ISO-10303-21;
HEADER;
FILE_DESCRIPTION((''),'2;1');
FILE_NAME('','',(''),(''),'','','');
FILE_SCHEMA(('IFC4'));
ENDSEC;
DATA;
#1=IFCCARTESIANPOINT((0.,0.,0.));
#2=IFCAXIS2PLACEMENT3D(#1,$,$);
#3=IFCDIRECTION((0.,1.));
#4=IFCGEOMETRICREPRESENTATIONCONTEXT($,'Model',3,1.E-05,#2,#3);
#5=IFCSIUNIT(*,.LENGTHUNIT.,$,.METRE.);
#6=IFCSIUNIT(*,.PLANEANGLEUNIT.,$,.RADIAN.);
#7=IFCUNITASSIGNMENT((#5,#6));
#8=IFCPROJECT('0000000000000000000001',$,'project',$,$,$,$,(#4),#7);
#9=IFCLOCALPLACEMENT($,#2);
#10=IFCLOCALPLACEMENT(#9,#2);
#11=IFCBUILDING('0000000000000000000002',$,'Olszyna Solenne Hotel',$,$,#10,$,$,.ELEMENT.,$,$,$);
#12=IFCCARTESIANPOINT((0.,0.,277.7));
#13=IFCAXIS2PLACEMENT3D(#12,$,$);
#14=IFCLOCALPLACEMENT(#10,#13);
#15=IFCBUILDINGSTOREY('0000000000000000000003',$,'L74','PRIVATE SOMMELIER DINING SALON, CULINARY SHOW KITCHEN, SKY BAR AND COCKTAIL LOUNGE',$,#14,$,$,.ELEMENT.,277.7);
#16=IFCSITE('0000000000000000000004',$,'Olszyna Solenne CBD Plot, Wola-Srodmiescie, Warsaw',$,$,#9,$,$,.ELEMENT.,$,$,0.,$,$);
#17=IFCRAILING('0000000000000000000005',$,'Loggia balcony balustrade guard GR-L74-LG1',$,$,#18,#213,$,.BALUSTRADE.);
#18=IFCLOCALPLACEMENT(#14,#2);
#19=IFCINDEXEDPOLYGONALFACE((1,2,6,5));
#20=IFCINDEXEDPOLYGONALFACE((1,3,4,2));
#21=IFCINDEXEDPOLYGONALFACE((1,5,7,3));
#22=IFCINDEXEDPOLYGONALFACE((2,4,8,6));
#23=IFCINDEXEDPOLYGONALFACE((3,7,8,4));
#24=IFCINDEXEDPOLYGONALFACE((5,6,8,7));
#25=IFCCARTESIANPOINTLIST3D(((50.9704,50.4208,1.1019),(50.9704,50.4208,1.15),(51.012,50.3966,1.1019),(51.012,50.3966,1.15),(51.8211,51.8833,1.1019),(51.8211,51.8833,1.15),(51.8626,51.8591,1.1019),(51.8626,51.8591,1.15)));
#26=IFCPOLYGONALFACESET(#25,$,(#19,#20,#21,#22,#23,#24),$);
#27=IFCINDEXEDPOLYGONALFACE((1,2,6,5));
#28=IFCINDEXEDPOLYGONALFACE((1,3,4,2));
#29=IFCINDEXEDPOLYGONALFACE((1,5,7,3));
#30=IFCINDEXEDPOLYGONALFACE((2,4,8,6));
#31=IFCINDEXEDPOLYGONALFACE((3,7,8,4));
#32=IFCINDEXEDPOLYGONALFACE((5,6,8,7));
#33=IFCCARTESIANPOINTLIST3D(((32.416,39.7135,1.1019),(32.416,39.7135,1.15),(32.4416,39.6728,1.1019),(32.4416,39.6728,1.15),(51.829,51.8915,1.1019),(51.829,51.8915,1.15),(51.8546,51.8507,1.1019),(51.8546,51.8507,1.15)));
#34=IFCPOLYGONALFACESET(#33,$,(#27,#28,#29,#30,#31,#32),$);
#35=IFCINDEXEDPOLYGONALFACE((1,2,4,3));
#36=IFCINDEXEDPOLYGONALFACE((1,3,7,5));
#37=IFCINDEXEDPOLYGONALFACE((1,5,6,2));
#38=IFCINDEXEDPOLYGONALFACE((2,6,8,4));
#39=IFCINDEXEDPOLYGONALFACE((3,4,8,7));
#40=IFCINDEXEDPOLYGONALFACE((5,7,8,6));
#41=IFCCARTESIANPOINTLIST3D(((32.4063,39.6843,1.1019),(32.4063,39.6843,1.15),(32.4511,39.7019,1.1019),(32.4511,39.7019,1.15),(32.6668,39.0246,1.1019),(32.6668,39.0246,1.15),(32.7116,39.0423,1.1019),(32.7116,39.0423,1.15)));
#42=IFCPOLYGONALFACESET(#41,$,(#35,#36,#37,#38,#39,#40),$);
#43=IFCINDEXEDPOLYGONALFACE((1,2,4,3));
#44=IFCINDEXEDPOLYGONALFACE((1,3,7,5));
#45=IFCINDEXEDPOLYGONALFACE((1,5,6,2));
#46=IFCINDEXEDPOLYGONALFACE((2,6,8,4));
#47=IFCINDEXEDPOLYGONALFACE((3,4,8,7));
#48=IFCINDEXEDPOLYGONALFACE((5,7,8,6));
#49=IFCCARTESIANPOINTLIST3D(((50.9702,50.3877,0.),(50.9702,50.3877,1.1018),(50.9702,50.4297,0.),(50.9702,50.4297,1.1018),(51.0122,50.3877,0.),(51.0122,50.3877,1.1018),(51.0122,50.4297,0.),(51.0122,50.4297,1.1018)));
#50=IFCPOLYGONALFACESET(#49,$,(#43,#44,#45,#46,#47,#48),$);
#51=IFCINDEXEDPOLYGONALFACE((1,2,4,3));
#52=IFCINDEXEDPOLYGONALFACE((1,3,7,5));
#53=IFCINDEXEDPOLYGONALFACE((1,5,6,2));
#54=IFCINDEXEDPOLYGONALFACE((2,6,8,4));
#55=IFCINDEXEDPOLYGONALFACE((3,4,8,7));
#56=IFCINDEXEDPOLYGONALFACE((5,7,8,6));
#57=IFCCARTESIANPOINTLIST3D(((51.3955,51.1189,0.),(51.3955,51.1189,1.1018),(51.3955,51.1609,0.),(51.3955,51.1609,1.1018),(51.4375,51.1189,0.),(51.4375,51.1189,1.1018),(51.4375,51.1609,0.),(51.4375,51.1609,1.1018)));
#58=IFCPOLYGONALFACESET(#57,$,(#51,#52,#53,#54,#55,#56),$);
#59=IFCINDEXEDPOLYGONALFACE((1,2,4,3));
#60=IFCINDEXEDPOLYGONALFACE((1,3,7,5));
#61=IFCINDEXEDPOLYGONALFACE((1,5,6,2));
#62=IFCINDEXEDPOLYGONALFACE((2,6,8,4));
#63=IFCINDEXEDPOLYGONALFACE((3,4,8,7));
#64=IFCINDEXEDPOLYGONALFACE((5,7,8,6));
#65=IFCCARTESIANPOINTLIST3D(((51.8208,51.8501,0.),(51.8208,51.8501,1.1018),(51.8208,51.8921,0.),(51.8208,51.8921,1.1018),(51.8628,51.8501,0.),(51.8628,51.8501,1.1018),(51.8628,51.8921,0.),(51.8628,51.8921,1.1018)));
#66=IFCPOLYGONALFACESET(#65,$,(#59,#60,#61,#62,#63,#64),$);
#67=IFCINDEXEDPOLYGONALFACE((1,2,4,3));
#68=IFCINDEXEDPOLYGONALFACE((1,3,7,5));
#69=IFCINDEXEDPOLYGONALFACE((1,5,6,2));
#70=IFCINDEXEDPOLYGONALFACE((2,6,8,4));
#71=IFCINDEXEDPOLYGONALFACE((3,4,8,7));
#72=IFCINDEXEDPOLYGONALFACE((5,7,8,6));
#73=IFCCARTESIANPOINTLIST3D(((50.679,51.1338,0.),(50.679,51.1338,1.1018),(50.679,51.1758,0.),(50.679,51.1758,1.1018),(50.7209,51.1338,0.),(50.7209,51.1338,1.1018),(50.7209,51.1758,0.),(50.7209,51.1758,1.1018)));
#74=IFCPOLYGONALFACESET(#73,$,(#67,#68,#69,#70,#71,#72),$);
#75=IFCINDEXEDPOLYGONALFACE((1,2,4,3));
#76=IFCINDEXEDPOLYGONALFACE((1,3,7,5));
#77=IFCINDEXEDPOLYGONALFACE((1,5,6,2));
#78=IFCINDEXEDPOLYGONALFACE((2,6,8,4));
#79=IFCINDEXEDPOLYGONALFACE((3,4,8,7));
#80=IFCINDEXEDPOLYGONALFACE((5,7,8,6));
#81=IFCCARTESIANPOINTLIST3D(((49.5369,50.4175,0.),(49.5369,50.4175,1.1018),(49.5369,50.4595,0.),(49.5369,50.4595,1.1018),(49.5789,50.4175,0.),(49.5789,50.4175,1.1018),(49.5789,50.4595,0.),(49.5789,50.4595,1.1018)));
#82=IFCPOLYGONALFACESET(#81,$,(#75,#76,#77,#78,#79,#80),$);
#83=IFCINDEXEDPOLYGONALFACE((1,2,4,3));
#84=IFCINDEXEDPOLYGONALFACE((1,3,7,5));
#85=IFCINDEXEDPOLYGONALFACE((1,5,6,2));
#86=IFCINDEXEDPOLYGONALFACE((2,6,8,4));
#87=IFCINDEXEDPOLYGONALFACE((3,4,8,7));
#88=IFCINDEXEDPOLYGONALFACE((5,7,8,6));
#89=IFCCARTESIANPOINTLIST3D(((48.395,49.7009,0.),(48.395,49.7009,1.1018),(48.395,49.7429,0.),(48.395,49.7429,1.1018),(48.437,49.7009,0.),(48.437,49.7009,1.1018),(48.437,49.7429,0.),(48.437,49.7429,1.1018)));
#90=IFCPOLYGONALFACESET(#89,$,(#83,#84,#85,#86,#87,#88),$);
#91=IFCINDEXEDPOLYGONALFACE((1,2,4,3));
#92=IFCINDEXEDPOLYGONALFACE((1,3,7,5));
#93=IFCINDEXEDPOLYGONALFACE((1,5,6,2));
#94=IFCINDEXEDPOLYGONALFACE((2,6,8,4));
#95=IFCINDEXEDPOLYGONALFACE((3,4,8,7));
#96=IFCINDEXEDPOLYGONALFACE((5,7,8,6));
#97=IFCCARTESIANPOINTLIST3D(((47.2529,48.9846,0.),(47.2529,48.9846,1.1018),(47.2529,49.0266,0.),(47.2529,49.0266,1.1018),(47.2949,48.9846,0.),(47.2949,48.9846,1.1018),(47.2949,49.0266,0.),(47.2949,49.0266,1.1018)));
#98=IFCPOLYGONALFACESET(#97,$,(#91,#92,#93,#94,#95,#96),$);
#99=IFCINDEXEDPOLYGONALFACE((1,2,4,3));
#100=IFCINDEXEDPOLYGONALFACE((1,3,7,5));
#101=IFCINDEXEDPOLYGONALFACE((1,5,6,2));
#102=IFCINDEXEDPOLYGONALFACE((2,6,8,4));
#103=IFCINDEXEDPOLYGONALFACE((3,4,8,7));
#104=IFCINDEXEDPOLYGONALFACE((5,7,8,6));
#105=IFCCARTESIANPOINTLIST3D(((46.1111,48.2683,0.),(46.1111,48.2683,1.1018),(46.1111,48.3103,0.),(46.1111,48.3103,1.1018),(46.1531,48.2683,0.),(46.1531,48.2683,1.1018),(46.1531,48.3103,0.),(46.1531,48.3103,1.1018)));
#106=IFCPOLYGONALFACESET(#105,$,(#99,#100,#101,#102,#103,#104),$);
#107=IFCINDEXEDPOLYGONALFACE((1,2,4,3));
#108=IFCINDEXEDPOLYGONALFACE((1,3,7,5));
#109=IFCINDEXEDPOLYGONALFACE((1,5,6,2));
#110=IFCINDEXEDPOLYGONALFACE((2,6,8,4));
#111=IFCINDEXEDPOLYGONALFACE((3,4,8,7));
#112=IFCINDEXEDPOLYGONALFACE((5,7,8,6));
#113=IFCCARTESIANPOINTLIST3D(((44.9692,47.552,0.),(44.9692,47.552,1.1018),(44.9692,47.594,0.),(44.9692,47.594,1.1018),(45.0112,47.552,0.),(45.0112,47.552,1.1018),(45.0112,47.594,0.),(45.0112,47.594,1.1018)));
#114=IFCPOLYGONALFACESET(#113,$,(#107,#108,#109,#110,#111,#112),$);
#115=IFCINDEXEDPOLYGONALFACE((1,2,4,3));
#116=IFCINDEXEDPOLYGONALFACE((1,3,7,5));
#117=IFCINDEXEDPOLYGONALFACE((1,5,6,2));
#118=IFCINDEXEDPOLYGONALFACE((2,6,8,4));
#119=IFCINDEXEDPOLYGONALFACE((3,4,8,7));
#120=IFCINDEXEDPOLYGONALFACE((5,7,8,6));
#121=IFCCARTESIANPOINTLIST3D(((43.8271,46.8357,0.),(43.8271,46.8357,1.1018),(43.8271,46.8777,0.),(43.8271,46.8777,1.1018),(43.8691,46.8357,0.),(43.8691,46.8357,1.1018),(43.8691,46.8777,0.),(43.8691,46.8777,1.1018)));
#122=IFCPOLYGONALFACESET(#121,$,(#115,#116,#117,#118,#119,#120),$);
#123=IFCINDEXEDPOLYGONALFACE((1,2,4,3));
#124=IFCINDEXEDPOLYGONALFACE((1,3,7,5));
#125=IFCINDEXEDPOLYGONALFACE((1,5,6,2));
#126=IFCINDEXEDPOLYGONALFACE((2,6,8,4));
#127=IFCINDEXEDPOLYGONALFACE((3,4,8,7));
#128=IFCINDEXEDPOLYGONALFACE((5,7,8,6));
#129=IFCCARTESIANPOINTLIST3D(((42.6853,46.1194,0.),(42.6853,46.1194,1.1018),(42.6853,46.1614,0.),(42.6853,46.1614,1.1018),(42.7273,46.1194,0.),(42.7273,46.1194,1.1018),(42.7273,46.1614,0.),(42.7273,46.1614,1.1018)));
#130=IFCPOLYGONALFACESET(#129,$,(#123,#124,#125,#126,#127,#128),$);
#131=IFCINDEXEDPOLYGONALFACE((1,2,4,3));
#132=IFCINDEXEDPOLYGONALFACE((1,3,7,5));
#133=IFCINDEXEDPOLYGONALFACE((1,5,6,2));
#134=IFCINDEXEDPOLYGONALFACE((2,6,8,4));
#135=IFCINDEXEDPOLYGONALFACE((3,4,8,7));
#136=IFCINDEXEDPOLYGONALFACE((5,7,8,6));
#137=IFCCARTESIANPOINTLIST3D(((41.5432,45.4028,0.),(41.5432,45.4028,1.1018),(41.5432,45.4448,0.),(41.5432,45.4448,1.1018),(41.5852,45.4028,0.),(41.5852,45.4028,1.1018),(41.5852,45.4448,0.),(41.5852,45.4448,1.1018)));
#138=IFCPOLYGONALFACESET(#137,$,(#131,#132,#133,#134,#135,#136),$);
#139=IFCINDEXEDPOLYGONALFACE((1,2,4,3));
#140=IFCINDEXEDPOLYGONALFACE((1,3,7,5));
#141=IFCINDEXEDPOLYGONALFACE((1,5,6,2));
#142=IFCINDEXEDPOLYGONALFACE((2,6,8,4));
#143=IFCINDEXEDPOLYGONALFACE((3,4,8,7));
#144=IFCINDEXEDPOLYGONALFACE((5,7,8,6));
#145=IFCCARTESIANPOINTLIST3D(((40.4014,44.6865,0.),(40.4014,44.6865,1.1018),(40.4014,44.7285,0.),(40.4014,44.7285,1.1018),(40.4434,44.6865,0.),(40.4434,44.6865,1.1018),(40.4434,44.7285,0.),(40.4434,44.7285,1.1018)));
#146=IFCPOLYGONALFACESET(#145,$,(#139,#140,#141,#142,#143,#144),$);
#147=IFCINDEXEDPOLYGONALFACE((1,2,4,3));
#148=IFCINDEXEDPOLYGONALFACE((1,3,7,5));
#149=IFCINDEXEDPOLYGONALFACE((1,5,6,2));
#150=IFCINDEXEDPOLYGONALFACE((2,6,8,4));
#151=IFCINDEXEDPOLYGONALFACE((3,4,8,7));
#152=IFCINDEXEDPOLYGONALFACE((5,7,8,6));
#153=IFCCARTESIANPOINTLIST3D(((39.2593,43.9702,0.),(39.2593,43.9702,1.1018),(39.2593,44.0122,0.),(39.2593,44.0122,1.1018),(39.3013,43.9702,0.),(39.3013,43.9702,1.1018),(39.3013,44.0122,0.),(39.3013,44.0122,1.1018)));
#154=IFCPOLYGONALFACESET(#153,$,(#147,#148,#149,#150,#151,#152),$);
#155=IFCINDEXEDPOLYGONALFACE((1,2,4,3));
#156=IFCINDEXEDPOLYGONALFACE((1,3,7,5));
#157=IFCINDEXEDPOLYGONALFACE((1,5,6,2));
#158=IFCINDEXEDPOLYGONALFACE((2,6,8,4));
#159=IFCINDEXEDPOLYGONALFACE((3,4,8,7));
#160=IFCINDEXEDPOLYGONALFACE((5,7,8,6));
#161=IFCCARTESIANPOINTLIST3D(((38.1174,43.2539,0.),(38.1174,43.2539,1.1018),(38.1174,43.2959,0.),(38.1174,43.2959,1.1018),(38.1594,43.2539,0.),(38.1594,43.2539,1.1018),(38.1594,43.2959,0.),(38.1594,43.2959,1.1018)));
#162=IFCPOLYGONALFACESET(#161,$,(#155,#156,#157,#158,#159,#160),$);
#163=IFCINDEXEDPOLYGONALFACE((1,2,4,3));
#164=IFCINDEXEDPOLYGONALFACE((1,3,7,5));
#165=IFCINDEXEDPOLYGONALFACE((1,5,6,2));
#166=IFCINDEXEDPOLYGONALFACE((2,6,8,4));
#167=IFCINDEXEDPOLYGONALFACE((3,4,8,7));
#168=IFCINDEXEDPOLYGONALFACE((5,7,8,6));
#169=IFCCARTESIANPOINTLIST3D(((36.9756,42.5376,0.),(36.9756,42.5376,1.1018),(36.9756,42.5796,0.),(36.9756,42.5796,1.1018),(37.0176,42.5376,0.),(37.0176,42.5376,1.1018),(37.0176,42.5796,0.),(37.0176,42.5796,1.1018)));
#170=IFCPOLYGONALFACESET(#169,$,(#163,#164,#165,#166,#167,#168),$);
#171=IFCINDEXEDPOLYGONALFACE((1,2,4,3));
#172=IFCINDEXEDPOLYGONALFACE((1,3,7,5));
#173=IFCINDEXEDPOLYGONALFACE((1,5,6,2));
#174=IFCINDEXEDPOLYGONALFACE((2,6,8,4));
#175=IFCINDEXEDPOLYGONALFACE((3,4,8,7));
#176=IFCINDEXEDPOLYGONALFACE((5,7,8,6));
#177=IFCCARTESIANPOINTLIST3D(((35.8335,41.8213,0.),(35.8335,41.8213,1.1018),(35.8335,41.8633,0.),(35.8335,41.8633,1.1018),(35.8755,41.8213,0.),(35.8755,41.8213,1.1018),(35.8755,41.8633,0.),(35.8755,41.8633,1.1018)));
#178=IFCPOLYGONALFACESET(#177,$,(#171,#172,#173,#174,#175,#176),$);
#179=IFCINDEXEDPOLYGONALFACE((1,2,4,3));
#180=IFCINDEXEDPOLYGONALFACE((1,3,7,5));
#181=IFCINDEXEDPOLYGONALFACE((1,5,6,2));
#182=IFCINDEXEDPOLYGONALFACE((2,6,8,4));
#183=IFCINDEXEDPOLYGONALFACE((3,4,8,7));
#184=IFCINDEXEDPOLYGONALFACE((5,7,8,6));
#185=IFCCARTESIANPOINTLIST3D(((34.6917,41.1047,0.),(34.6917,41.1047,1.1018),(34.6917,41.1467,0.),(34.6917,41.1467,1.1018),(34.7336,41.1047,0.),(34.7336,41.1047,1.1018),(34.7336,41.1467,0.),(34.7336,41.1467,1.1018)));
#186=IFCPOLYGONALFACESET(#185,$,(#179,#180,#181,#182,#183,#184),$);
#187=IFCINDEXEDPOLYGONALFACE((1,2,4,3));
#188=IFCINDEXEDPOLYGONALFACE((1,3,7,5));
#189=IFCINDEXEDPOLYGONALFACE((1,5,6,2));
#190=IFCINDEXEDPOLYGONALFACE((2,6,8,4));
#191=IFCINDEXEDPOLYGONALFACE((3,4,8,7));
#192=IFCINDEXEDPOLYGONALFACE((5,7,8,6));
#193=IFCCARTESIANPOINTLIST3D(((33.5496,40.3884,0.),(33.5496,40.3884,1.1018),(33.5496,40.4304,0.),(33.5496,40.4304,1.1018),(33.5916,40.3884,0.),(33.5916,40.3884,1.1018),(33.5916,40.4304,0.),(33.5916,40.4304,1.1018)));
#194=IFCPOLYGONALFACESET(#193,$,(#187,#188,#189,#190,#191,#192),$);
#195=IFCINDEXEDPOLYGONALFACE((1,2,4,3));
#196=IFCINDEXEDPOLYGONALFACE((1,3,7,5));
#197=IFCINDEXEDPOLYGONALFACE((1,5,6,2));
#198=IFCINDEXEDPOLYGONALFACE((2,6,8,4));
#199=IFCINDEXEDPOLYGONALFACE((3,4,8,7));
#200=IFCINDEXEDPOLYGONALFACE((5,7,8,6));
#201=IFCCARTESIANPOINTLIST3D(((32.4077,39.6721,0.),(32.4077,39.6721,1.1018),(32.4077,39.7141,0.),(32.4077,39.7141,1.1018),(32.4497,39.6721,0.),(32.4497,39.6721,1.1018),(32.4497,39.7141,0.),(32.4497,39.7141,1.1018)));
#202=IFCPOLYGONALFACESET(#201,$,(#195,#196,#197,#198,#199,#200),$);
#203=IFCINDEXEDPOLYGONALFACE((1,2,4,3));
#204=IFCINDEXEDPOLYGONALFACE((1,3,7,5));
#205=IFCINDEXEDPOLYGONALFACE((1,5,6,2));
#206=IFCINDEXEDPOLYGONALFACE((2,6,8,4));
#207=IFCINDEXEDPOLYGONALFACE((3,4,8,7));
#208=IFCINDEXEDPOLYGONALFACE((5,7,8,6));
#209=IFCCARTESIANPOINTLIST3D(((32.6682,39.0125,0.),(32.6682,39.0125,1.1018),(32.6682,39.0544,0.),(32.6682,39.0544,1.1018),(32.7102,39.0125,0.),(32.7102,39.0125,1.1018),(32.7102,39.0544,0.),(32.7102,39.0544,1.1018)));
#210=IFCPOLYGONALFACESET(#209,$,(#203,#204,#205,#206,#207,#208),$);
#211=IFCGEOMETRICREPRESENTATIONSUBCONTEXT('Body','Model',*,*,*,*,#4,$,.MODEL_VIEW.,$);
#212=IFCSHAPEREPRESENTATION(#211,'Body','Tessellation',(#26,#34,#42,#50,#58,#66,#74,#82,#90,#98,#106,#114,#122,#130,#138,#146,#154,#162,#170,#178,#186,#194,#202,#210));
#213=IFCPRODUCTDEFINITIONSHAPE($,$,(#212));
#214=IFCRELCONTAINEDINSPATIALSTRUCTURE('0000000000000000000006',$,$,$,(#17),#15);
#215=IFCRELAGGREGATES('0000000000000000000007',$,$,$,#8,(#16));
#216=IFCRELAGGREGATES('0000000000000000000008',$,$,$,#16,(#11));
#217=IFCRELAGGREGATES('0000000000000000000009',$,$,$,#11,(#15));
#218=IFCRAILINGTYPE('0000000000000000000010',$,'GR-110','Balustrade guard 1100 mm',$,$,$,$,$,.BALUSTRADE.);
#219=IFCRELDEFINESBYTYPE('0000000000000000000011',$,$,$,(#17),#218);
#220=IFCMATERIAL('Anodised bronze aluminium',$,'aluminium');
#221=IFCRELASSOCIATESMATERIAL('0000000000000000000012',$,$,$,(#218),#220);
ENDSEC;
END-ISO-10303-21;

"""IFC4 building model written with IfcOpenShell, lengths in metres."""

from ifc_helpers import new_model, si_unit, direction, frame, origin, origin_2d, place, context, subcontext, project, spatial, rectangle, extrude, material, type_object, element, save


model = new_model("IFC4")

# Units and contexts
model_context = context("Model", 3, precision=1e-05, world=origin(), true_north=direction((0.0, 1.0)))
body_context = subcontext(model_context, "Body", "Model", "MODEL_VIEW")
ifc_project = project(units=[si_unit("LENGTHUNIT", "METRE"), si_unit("PLANEANGLEUNIT", "RADIAN")], contexts=[model_context])

# Site, building, storey
site_placement = place(None, origin())
site = spatial("IfcSite", under=ifc_project, at=site_placement, Name="Olszyna Solenne CBD Plot, Wola-Srodmiescie, Warsaw", CompositionType="ELEMENT", RefElevation=0.0)
building_placement = place(site_placement, origin())
building = spatial("IfcBuilding", under=site, at=building_placement, Name="Olszyna Solenne Hotel", CompositionType="ELEMENT")
storey_placement = place(building_placement, frame((0.0, 0.0, 277.7)))
storey = spatial("IfcBuildingStorey", under=building, at=storey_placement, Name="L74", Description="PRIVATE SOMMELIER DINING SALON, CULINARY SHOW KITCHEN, SKY BAR AND COCKTAIL LOUNGE", CompositionType="ELEMENT", Elevation=277.7)

# Shared definitions
ifc_material_1 = material(Name="Anodised bronze aluminium", Category="aluminium")

# Railing
railing_type_1 = type_object("IfcRailingType", Name="GR-110", Description="Balustrade guard 1100 mm", PredefinedType="BALUSTRADE", material=ifc_material_1)
railing_1_placement = place(storey_placement, frame((50.9912, 50.4087, 0.0)))
element("IfcRailing", 1, at=railing_1_placement, inside=storey, type_object=railing_type_1, Name="Loggia balcony balustrade guard GR-L74-LG1", PredefinedType="BALUSTRADE", context=body_context, shape_type="SweptSolid", body=[
    extrude(rectangle(XDim=0.0481, YDim=0.0481, at=origin_2d()), frame((0.0, 0.0, 1.126), z_axis=(0.502776, 0.864417, 0.0), x_axis=(-0.864417, 0.502776, 0.0)), (0.0, 0.0, 1.0), 1.6919),
    extrude(rectangle(XDim=0.0481, YDim=0.0481, at=origin_2d()), frame((0.8506, 1.4624, 1.126), z_axis=(-0.847119, -0.531404, 0.0), x_axis=(0.531404, -0.847119, 0.0)), (0.0, 0.0, 1.0), 22.9165),
    extrude(rectangle(XDim=0.0481, YDim=0.0481, at=origin_2d()), frame((-18.5625, -10.7156, 1.126), z_axis=(0.367292, -0.930106, 0.0), x_axis=(0.930106, 0.367292, 0.0)), (0.0, 0.0, 1.0), 0.7092),
    extrude(rectangle(XDim=0.042, YDim=0.042, at=origin_2d()), origin(), (0.0, 0.0, 1.0), 1.1018),
    extrude(rectangle(XDim=0.042, YDim=0.042, at=origin_2d()), frame((0.4253, 0.7312, 0.0)), (0.0, 0.0, 1.0), 1.1018),
    extrude(rectangle(XDim=0.042, YDim=0.042, at=origin_2d()), frame((0.8506, 1.4624, 0.0)), (0.0, 0.0, 1.0), 1.1018),
    extrude(rectangle(XDim=0.042, YDim=0.042, at=origin_2d()), frame((-0.2913, 0.7461, 0.0)), (0.0, 0.0, 1.0), 1.1018),
    extrude(rectangle(XDim=0.042, YDim=0.042, at=origin_2d()), frame((-1.4333, 0.0298, 0.0)), (0.0, 0.0, 1.0), 1.1018),
    extrude(rectangle(XDim=0.042, YDim=0.042, at=origin_2d()), frame((-2.5752, -0.6868, 0.0)), (0.0, 0.0, 1.0), 1.1018),
    extrude(rectangle(XDim=0.042, YDim=0.042, at=origin_2d()), frame((-3.7173, -1.4031, 0.0)), (0.0, 0.0, 1.0), 1.1018),
    extrude(rectangle(XDim=0.042, YDim=0.042, at=origin_2d()), frame((-4.8591, -2.1194, 0.0)), (0.0, 0.0, 1.0), 1.1018),
    extrude(rectangle(XDim=0.042, YDim=0.042, at=origin_2d()), frame((-6.001, -2.8357, 0.0)), (0.0, 0.0, 1.0), 1.1018),
    extrude(rectangle(XDim=0.042, YDim=0.042, at=origin_2d()), frame((-7.1431, -3.552, 0.0)), (0.0, 0.0, 1.0), 1.1018),
    extrude(rectangle(XDim=0.042, YDim=0.042, at=origin_2d()), frame((-8.2849, -4.2683, 0.0)), (0.0, 0.0, 1.0), 1.1018),
    extrude(rectangle(XDim=0.042, YDim=0.042, at=origin_2d()), frame((-9.427, -4.9849, 0.0)), (0.0, 0.0, 1.0), 1.1018),
    extrude(rectangle(XDim=0.042, YDim=0.042, at=origin_2d()), frame((-10.5688, -5.7012, 0.0)), (0.0, 0.0, 1.0), 1.1018),
    extrude(rectangle(XDim=0.042, YDim=0.042, at=origin_2d()), frame((-11.7109, -6.4175, 0.0)), (0.0, 0.0, 1.0), 1.1018),
    extrude(rectangle(XDim=0.042, YDim=0.042, at=origin_2d()), frame((-12.8528, -7.1338, 0.0)), (0.0, 0.0, 1.0), 1.1018),
    extrude(rectangle(XDim=0.042, YDim=0.042, at=origin_2d()), frame((-13.9946, -7.8501, 0.0)), (0.0, 0.0, 1.0), 1.1018),
    extrude(rectangle(XDim=0.042, YDim=0.042, at=origin_2d()), frame((-15.1367, -8.5664, 0.0)), (0.0, 0.0, 1.0), 1.1018),
    extrude(rectangle(XDim=0.042, YDim=0.042, at=origin_2d()), frame((-16.2786, -9.283, 0.0)), (0.0, 0.0, 1.0), 1.1018),
    extrude(rectangle(XDim=0.042, YDim=0.042, at=origin_2d()), frame((-17.4207, -9.9993, 0.0)), (0.0, 0.0, 1.0), 1.1018),
    extrude(rectangle(XDim=0.042, YDim=0.042, at=origin_2d()), frame((-18.5625, -10.7156, 0.0)), (0.0, 0.0, 1.0), 1.1018),
    extrude(rectangle(XDim=0.042, YDim=0.042, at=origin_2d()), frame((-18.302, -11.3752, 0.0)), (0.0, 0.0, 1.0), 1.1018),
])

save(model, "model.ifc")
